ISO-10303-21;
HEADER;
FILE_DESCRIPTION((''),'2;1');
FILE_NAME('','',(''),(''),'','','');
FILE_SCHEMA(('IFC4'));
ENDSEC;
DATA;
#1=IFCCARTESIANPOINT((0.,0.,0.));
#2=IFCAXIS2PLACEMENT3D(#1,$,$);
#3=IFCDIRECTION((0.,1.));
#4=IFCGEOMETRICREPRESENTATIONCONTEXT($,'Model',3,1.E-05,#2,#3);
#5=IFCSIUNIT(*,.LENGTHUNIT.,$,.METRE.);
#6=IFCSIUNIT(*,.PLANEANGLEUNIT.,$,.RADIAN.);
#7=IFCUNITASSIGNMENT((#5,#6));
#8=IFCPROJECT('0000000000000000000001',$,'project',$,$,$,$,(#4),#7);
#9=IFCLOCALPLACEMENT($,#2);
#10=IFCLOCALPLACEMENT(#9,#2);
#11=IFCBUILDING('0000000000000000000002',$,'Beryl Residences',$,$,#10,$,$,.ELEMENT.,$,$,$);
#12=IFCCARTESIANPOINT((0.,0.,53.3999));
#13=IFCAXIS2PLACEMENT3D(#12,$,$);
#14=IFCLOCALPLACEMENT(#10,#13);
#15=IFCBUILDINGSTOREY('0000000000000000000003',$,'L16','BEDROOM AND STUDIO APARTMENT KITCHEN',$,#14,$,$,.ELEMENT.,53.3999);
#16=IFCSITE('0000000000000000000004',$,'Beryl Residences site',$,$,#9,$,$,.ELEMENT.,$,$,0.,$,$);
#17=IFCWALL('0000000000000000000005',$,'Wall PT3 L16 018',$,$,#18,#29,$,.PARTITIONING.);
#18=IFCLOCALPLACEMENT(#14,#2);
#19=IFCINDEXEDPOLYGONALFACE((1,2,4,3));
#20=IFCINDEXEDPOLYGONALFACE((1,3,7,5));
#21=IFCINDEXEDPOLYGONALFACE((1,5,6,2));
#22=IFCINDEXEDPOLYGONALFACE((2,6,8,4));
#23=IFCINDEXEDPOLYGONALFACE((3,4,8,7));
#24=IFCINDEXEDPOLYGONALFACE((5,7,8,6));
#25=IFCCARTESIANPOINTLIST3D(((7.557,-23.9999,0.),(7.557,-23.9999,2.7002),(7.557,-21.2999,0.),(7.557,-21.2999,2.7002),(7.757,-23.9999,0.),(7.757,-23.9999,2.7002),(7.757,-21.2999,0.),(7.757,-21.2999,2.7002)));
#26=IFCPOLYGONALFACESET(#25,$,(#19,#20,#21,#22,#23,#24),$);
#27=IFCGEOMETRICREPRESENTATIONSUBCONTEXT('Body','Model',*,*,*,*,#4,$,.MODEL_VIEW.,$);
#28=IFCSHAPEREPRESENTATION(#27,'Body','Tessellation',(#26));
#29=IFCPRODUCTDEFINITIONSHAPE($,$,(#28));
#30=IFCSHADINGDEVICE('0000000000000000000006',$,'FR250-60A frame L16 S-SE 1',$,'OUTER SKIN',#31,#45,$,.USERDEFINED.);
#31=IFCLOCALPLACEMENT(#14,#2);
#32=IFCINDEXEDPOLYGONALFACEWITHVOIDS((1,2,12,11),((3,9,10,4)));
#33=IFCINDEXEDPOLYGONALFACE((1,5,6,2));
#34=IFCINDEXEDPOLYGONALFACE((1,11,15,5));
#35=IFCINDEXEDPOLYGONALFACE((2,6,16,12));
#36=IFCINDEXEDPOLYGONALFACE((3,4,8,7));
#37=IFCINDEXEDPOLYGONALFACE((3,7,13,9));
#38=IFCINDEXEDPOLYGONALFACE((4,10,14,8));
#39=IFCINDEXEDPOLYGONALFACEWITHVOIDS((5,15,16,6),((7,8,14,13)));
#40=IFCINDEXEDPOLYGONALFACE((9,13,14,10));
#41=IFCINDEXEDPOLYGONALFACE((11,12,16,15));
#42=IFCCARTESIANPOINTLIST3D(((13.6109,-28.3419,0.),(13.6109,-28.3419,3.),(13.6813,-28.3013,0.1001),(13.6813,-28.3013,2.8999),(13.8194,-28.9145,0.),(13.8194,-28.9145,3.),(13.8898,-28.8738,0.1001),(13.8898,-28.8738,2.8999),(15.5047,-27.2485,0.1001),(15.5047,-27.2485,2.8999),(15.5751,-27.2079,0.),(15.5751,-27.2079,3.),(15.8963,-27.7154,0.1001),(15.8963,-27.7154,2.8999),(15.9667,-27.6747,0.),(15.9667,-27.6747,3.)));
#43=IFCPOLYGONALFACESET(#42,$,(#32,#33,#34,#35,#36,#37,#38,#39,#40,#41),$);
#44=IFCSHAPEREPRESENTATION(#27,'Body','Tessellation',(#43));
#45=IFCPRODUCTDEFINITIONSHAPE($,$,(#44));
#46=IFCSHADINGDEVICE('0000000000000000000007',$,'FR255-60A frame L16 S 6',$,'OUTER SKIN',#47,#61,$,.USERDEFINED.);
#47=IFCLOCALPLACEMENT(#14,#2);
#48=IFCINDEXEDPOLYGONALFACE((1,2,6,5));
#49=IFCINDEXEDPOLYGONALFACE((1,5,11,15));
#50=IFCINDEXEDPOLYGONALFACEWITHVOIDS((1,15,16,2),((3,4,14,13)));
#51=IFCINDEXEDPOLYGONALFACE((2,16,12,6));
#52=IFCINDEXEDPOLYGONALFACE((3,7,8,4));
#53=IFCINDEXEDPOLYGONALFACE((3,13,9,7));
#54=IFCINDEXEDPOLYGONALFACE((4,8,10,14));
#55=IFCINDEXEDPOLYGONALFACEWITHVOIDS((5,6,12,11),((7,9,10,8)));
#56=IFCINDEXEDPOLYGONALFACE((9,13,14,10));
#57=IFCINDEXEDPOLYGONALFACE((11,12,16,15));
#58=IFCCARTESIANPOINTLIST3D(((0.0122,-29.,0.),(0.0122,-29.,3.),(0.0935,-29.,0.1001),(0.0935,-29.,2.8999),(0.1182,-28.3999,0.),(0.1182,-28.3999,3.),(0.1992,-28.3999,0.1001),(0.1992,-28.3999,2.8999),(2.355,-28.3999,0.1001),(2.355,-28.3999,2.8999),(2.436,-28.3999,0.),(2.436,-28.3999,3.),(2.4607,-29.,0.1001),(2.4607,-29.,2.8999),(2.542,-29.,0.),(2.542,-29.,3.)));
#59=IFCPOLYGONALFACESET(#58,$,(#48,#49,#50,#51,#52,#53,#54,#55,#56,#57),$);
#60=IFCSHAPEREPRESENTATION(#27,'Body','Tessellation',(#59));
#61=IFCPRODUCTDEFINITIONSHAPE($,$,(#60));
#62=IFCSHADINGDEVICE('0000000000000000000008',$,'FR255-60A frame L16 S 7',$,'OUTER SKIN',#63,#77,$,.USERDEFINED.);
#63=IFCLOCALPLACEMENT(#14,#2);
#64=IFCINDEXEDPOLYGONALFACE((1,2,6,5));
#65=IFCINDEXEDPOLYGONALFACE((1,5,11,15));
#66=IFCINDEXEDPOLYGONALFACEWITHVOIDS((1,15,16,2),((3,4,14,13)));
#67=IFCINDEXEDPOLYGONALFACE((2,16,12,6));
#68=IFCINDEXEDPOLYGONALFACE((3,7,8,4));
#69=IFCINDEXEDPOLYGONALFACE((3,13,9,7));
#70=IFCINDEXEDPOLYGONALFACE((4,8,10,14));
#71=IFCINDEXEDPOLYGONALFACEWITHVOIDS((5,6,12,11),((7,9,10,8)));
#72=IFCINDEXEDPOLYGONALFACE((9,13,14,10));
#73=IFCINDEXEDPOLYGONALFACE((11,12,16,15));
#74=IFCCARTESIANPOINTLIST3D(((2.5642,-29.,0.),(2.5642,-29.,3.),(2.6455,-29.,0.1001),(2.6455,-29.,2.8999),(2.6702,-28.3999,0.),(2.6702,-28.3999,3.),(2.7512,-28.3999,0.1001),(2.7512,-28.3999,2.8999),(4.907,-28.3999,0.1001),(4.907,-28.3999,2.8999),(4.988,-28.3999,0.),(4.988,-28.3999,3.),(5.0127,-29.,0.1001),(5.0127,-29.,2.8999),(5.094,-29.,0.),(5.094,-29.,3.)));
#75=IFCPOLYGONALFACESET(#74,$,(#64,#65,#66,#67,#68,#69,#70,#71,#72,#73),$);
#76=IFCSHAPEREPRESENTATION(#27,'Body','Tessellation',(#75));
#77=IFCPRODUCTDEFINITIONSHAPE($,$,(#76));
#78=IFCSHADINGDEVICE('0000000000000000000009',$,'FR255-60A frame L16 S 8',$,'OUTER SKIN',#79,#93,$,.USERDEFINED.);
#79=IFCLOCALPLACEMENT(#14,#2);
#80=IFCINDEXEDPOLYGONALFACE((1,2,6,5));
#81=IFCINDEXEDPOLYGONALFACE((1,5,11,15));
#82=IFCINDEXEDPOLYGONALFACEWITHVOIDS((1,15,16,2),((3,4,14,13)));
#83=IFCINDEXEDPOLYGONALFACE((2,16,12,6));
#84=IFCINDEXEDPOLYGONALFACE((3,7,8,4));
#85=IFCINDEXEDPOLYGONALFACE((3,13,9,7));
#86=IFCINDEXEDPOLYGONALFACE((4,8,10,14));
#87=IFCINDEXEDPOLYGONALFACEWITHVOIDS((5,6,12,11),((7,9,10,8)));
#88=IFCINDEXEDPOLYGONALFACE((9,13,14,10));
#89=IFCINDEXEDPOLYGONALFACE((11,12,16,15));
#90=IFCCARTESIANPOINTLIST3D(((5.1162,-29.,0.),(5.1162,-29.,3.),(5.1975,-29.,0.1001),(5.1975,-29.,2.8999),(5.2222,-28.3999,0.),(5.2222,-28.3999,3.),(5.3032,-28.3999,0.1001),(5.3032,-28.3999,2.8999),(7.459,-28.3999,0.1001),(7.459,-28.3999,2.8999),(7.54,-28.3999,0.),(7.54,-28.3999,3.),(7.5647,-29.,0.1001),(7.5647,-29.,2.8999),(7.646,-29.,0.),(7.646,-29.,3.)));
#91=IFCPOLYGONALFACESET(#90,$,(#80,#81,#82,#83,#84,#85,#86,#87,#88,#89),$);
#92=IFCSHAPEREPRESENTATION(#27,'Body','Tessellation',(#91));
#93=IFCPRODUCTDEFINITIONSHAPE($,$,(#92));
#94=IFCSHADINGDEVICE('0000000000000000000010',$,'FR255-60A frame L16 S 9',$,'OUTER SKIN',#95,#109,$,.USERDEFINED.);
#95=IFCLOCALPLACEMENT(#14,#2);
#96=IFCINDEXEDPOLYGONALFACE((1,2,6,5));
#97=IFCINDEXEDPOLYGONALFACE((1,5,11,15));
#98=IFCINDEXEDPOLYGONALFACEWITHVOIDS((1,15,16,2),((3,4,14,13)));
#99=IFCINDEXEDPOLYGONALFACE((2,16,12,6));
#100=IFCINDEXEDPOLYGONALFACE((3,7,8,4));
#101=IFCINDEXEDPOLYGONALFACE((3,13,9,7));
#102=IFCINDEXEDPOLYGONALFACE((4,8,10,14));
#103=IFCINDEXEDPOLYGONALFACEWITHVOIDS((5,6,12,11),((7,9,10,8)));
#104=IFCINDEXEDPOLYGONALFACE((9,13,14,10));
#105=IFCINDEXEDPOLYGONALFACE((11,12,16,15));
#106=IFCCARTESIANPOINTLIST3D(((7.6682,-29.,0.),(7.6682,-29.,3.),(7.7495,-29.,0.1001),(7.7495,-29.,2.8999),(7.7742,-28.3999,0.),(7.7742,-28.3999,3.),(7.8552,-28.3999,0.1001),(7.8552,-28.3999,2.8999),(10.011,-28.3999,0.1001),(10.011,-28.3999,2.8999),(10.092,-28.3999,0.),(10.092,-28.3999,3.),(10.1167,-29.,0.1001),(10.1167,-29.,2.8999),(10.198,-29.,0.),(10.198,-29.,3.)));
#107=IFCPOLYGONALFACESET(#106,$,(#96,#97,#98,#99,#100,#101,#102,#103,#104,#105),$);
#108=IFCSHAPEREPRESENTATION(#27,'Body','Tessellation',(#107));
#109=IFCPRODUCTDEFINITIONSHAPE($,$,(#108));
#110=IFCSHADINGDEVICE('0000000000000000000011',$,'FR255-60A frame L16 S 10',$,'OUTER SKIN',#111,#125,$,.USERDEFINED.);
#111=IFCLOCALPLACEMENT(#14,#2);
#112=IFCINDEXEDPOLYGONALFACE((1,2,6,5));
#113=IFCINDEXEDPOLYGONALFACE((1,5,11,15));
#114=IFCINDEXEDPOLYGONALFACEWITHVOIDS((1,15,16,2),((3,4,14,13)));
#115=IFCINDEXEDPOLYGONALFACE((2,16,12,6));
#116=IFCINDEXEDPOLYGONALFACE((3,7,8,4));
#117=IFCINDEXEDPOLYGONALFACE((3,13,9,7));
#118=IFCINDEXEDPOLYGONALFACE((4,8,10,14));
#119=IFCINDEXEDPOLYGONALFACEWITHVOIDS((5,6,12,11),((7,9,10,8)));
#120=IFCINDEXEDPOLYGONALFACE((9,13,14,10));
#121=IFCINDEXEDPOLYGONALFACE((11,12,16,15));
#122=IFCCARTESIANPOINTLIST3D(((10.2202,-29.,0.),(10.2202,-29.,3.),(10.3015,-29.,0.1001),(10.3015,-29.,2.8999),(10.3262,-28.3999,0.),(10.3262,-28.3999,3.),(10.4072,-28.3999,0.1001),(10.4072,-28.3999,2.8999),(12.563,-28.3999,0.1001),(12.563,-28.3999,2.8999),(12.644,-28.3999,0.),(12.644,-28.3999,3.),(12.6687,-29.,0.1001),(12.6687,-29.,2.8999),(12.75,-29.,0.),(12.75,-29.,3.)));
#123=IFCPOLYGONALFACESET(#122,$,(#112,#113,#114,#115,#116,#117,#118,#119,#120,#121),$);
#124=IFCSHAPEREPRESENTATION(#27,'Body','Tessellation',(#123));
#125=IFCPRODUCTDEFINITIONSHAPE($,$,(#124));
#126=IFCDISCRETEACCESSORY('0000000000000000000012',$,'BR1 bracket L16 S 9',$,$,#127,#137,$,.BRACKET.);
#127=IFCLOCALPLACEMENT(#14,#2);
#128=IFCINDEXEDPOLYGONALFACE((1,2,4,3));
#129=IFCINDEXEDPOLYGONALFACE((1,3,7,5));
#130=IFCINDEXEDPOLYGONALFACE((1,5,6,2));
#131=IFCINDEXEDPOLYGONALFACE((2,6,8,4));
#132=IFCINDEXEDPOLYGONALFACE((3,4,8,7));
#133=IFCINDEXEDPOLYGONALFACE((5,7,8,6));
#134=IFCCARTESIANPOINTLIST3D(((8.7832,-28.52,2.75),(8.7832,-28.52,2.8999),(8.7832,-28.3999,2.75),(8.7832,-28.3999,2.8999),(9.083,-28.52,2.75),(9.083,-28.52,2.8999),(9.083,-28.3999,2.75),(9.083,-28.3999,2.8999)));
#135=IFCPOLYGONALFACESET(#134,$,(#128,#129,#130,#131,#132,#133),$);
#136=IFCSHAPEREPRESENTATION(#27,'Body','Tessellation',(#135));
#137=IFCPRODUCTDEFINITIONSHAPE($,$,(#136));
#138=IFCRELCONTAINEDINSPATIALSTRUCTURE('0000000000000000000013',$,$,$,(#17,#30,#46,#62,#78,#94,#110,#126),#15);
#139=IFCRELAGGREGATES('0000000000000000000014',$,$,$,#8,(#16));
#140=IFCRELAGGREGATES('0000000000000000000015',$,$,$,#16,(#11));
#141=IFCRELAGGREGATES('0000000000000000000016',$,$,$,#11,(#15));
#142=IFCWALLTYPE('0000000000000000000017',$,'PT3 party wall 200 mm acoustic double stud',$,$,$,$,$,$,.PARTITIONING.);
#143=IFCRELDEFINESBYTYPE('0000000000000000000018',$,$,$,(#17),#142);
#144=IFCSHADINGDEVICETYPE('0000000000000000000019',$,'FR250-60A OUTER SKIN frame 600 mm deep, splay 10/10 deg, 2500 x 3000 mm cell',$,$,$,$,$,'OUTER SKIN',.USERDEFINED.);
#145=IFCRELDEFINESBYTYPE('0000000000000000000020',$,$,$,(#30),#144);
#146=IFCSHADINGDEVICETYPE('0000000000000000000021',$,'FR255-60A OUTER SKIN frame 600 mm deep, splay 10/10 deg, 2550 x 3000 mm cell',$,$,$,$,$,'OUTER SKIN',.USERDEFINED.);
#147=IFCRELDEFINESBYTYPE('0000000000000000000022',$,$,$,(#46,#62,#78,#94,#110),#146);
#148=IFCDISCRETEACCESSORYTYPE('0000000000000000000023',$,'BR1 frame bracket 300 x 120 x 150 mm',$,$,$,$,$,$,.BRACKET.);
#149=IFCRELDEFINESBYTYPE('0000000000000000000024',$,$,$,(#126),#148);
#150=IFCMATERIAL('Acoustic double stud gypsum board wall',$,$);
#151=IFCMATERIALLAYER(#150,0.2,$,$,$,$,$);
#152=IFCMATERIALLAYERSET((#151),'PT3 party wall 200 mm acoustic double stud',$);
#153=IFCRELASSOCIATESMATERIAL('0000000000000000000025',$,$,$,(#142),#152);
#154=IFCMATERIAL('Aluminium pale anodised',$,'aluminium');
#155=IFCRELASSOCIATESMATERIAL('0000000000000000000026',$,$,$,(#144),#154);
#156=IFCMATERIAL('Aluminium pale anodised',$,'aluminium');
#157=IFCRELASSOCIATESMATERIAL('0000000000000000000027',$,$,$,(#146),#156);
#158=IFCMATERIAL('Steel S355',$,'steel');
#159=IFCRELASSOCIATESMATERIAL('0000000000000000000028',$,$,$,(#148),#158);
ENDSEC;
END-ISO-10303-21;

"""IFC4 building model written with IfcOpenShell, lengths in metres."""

from ifc_helpers import new_model, entity, si_unit, direction, frame, frame_2d, origin, place, context, subcontext, project, spatial, polyline, rectangle, outline, extrude, source, transform, mapped, material, layer, layer_set, type_object, type_shapes, element, save


model = new_model("IFC4")

# Units and contexts
model_context = context("Model", 3, precision=1e-05, world=origin(), true_north=direction((0.0, 1.0)))
body_context = subcontext(model_context, "Body", "Model", "MODEL_VIEW")
ifc_project = project(units=[si_unit("LENGTHUNIT", "METRE"), si_unit("PLANEANGLEUNIT", "RADIAN")], contexts=[model_context])

# Site, building, storey
site_placement = place(None, origin())
site = spatial("IfcSite", under=ifc_project, at=site_placement, Name="Beryl Residences site", CompositionType="ELEMENT", RefElevation=0.0)
building_placement = place(site_placement, origin())
building = spatial("IfcBuilding", under=site, at=building_placement, Name="Beryl Residences", CompositionType="ELEMENT")
storey_placement = place(building_placement, frame((0.0, 0.0, 53.3999)))
storey = spatial("IfcBuildingStorey", under=building, at=storey_placement, Name="L16", Description="BEDROOM AND STUDIO APARTMENT KITCHEN", CompositionType="ELEMENT", Elevation=53.3999)

# Wall
ifc_material_1 = material(Name="Acoustic double stud gypsum board wall")
ifc_layer_1 = layer(ifc_material_1, 0.2)
ifc_layer_set_1 = layer_set([ifc_layer_1], Name="PT3 party wall 200 mm acoustic double stud")
wall_type_1 = type_object("IfcWallType", Name="PT3 party wall 200 mm acoustic double stud", PredefinedType="PARTITIONING", material=ifc_layer_set_1)
wall_1_placement = place(storey_placement, frame((7.657, -24.0, 0.0), z_axis=(0.0, 0.0, 1.0), x_axis=(0.0, 1.0, 0.0)))
element("IfcWall", 1, at=wall_1_placement, inside=storey, type_object=wall_type_1, Name="Wall PT3 L16 018", PredefinedType="PARTITIONING", context=body_context, shape_type="SweptSolid", body=[
    extrude(rectangle(XDim=2.7, YDim=0.2, at=frame_2d((1.3501, 0.0))), origin(), (0.0, 0.0, 1.0), 2.7002),
])

# Shading devices
ifc_material_2 = material(Name="Aluminium pale anodised", Category="aluminium")
shading_device_type_1 = type_object("IfcShadingDeviceType", Name="FR250-60A OUTER SKIN frame 600 mm deep, splay 10/10 deg, 2500 x 3000 mm cell", ElementType="OUTER SKIN", PredefinedType="USERDEFINED", material=ifc_material_2)
cartesian_point_1 = entity("IfcCartesianPoint", [-1.134, 0.0])
cartesian_point_2 = entity("IfcCartesianPoint", [-1.0527, 0.1001])
cartesian_point_3 = entity("IfcCartesianPoint", [-1.2397, 0.0])
cartesian_point_4 = entity("IfcCartesianPoint", [-1.1584, 0.1001])
shared_shape_1 = source(origin(), body_context, "Body", "SweptSolid", [
    entity("IfcExtrudedAreaSolidTapered", entity("IfcArbitraryProfileDefWithVoids", "AREA", None, entity("IfcPolyline", [cartesian_point_1, entity("IfcCartesianPoint", [1.134, 0.0]), entity("IfcCartesianPoint", [1.134, 3.0]), entity("IfcCartesianPoint", [-1.134, 3.0]), cartesian_point_1]), [entity("IfcPolyline", [cartesian_point_2, entity("IfcCartesianPoint", [1.0527, 0.1001]), entity("IfcCartesianPoint", [1.0527, 2.8999]), entity("IfcCartesianPoint", [-1.0527, 2.8999]), cartesian_point_2])]), entity("IfcAxis2Placement3D", entity("IfcCartesianPoint", [0.0, 0.0, 0.0]), entity("IfcDirection", [0.0, 1.0, 0.0]), entity("IfcDirection", [-1.0, 0.0, 0.0])), entity("IfcDirection", [0.0, 0.0, 1.0]), 0.6001, entity("IfcArbitraryProfileDefWithVoids", "AREA", None, entity("IfcPolyline", [cartesian_point_3, entity("IfcCartesianPoint", [1.2397, 0.0]), entity("IfcCartesianPoint", [1.2397, 3.0]), entity("IfcCartesianPoint", [-1.2397, 3.0]), cartesian_point_3]), [entity("IfcPolyline", [cartesian_point_4, entity("IfcCartesianPoint", [1.1584, 0.1001]), entity("IfcCartesianPoint", [1.1584, 2.8999]), entity("IfcCartesianPoint", [-1.1584, 2.8999]), cartesian_point_4])])),
])
type_shapes(shading_device_type_1, [shared_shape_1])
shading_device_placement = place(storey_placement, frame((14.593, -27.7749, 0.0), z_axis=(0.0, 0.0, 1.0), x_axis=(-0.866025, -0.5, 0.0)))
element("IfcShadingDevice", 2, at=shading_device_placement, inside=storey, type_object=shading_device_type_1, Name="FR250-60A frame L16 S-SE 1", ObjectType="OUTER SKIN", PredefinedType="USERDEFINED", context=body_context, shape_type="MappedRepresentation", body=[
    mapped(shared_shape_1, transform((0.0, 0.0, 0.0))),
])
ifc_material_3 = material(Name="Aluminium pale anodised", Category="aluminium")
shading_device_type_2 = type_object("IfcShadingDeviceType", Name="FR255-60A OUTER SKIN frame 600 mm deep, splay 10/10 deg, 2550 x 3000 mm cell", ElementType="OUTER SKIN", PredefinedType="USERDEFINED", material=ifc_material_3)
cartesian_point_5 = entity("IfcCartesianPoint", [-1.1589, 0.0])
cartesian_point_6 = entity("IfcCartesianPoint", [-1.0779, 0.1001])
cartesian_point_7 = entity("IfcCartesianPoint", [-1.2649, 0.0])
cartesian_point_8 = entity("IfcCartesianPoint", [-1.1836, 0.1001])
shared_shape_2 = source(origin(), body_context, "Body", "SweptSolid", [
    entity("IfcExtrudedAreaSolidTapered", entity("IfcArbitraryProfileDefWithVoids", "AREA", None, entity("IfcPolyline", [cartesian_point_5, entity("IfcCartesianPoint", [1.1589, 0.0]), entity("IfcCartesianPoint", [1.1589, 3.0]), entity("IfcCartesianPoint", [-1.1589, 3.0]), cartesian_point_5]), [entity("IfcPolyline", [cartesian_point_6, entity("IfcCartesianPoint", [1.0779, 0.1001]), entity("IfcCartesianPoint", [1.0779, 2.8999]), entity("IfcCartesianPoint", [-1.0779, 2.8999]), cartesian_point_6])]), entity("IfcAxis2Placement3D", entity("IfcCartesianPoint", [0.0, 0.0, 0.0]), entity("IfcDirection", [0.0, 1.0, 0.0]), entity("IfcDirection", [-1.0, 0.0, 0.0])), entity("IfcDirection", [0.0, 0.0, 1.0]), 0.6001, entity("IfcArbitraryProfileDefWithVoids", "AREA", None, entity("IfcPolyline", [cartesian_point_7, entity("IfcCartesianPoint", [1.2649, 0.0]), entity("IfcCartesianPoint", [1.2649, 3.0]), entity("IfcCartesianPoint", [-1.2649, 3.0]), cartesian_point_7]), [entity("IfcPolyline", [cartesian_point_8, entity("IfcCartesianPoint", [1.1836, 0.1001]), entity("IfcCartesianPoint", [1.1836, 2.8999]), entity("IfcCartesianPoint", [-1.1836, 2.8999]), cartesian_point_8])])),
])
type_shapes(shading_device_type_2, [shared_shape_2])
for number, where, z_axis, x_axis, name in (
    (3, (1.2771, -28.3999, 0.0), (0.0, 0.0, 1.0), (-1.0, 0.0, 0.0), "FR255-60A frame L16 S 6"),
    (4, (3.8291, -28.3999, 0.0), (0.0, 0.0, 1.0), (-1.0, 0.0, 0.0), "FR255-60A frame L16 S 7"),
    (5, (6.3811, -28.3999, 0.0), (0.0, 0.0, 1.0), (-1.0, 0.0, 0.0), "FR255-60A frame L16 S 8"),
    (6, (8.9331, -28.3999, 0.0), (0.0, 0.0, 1.0), (-1.0, 0.0, 0.0), "FR255-60A frame L16 S 9"),
    (7, (11.4851, -28.3999, 0.0), (0.0, 0.0, 1.0), (-1.0, 0.0, 0.0), "FR255-60A frame L16 S 10"),
):
    element("IfcShadingDevice", number, at=place(storey_placement, frame(where, z_axis=z_axis, x_axis=x_axis)), inside=storey, type_object=shading_device_type_2, Name=name, ObjectType="OUTER SKIN", PredefinedType="USERDEFINED", context=body_context, shape_type="MappedRepresentation", body=[
        mapped(shared_shape_2, transform((0.0, 0.0, 0.0))),
    ])

# Discrete accessory
ifc_material_4 = material(Name="Steel S355", Category="steel")
discrete_accessory_type = type_object("IfcDiscreteAccessoryType", Name="BR1 frame bracket 300 x 120 x 150 mm", PredefinedType="BRACKET", material=ifc_material_4)
shared_shape_3 = source(origin(), body_context, "Body", "SweptSolid", [
    extrude(outline(polyline([(-0.1499, 0.0), (0.1499, 0.0), (0.1499, 0.1201), (-0.1499, 0.1201), (-0.1499, 0.0)])), origin(), (0.0, 0.0, 1.0), 0.1499),
])
type_shapes(discrete_accessory_type, [shared_shape_3])
discrete_accessory_placement = place(storey_placement, frame((8.9331, -28.3999, 2.75), z_axis=(0.0, 0.0, 1.0), x_axis=(-1.0, 0.0, 0.0)))
element("IfcDiscreteAccessory", 8, at=discrete_accessory_placement, inside=storey, type_object=discrete_accessory_type, Name="BR1 bracket L16 S 9", PredefinedType="BRACKET", context=body_context, shape_type="MappedRepresentation", body=[
    mapped(shared_shape_3, transform((0.0, 0.0, 0.0))),
])

save(model, "model.ifc")
